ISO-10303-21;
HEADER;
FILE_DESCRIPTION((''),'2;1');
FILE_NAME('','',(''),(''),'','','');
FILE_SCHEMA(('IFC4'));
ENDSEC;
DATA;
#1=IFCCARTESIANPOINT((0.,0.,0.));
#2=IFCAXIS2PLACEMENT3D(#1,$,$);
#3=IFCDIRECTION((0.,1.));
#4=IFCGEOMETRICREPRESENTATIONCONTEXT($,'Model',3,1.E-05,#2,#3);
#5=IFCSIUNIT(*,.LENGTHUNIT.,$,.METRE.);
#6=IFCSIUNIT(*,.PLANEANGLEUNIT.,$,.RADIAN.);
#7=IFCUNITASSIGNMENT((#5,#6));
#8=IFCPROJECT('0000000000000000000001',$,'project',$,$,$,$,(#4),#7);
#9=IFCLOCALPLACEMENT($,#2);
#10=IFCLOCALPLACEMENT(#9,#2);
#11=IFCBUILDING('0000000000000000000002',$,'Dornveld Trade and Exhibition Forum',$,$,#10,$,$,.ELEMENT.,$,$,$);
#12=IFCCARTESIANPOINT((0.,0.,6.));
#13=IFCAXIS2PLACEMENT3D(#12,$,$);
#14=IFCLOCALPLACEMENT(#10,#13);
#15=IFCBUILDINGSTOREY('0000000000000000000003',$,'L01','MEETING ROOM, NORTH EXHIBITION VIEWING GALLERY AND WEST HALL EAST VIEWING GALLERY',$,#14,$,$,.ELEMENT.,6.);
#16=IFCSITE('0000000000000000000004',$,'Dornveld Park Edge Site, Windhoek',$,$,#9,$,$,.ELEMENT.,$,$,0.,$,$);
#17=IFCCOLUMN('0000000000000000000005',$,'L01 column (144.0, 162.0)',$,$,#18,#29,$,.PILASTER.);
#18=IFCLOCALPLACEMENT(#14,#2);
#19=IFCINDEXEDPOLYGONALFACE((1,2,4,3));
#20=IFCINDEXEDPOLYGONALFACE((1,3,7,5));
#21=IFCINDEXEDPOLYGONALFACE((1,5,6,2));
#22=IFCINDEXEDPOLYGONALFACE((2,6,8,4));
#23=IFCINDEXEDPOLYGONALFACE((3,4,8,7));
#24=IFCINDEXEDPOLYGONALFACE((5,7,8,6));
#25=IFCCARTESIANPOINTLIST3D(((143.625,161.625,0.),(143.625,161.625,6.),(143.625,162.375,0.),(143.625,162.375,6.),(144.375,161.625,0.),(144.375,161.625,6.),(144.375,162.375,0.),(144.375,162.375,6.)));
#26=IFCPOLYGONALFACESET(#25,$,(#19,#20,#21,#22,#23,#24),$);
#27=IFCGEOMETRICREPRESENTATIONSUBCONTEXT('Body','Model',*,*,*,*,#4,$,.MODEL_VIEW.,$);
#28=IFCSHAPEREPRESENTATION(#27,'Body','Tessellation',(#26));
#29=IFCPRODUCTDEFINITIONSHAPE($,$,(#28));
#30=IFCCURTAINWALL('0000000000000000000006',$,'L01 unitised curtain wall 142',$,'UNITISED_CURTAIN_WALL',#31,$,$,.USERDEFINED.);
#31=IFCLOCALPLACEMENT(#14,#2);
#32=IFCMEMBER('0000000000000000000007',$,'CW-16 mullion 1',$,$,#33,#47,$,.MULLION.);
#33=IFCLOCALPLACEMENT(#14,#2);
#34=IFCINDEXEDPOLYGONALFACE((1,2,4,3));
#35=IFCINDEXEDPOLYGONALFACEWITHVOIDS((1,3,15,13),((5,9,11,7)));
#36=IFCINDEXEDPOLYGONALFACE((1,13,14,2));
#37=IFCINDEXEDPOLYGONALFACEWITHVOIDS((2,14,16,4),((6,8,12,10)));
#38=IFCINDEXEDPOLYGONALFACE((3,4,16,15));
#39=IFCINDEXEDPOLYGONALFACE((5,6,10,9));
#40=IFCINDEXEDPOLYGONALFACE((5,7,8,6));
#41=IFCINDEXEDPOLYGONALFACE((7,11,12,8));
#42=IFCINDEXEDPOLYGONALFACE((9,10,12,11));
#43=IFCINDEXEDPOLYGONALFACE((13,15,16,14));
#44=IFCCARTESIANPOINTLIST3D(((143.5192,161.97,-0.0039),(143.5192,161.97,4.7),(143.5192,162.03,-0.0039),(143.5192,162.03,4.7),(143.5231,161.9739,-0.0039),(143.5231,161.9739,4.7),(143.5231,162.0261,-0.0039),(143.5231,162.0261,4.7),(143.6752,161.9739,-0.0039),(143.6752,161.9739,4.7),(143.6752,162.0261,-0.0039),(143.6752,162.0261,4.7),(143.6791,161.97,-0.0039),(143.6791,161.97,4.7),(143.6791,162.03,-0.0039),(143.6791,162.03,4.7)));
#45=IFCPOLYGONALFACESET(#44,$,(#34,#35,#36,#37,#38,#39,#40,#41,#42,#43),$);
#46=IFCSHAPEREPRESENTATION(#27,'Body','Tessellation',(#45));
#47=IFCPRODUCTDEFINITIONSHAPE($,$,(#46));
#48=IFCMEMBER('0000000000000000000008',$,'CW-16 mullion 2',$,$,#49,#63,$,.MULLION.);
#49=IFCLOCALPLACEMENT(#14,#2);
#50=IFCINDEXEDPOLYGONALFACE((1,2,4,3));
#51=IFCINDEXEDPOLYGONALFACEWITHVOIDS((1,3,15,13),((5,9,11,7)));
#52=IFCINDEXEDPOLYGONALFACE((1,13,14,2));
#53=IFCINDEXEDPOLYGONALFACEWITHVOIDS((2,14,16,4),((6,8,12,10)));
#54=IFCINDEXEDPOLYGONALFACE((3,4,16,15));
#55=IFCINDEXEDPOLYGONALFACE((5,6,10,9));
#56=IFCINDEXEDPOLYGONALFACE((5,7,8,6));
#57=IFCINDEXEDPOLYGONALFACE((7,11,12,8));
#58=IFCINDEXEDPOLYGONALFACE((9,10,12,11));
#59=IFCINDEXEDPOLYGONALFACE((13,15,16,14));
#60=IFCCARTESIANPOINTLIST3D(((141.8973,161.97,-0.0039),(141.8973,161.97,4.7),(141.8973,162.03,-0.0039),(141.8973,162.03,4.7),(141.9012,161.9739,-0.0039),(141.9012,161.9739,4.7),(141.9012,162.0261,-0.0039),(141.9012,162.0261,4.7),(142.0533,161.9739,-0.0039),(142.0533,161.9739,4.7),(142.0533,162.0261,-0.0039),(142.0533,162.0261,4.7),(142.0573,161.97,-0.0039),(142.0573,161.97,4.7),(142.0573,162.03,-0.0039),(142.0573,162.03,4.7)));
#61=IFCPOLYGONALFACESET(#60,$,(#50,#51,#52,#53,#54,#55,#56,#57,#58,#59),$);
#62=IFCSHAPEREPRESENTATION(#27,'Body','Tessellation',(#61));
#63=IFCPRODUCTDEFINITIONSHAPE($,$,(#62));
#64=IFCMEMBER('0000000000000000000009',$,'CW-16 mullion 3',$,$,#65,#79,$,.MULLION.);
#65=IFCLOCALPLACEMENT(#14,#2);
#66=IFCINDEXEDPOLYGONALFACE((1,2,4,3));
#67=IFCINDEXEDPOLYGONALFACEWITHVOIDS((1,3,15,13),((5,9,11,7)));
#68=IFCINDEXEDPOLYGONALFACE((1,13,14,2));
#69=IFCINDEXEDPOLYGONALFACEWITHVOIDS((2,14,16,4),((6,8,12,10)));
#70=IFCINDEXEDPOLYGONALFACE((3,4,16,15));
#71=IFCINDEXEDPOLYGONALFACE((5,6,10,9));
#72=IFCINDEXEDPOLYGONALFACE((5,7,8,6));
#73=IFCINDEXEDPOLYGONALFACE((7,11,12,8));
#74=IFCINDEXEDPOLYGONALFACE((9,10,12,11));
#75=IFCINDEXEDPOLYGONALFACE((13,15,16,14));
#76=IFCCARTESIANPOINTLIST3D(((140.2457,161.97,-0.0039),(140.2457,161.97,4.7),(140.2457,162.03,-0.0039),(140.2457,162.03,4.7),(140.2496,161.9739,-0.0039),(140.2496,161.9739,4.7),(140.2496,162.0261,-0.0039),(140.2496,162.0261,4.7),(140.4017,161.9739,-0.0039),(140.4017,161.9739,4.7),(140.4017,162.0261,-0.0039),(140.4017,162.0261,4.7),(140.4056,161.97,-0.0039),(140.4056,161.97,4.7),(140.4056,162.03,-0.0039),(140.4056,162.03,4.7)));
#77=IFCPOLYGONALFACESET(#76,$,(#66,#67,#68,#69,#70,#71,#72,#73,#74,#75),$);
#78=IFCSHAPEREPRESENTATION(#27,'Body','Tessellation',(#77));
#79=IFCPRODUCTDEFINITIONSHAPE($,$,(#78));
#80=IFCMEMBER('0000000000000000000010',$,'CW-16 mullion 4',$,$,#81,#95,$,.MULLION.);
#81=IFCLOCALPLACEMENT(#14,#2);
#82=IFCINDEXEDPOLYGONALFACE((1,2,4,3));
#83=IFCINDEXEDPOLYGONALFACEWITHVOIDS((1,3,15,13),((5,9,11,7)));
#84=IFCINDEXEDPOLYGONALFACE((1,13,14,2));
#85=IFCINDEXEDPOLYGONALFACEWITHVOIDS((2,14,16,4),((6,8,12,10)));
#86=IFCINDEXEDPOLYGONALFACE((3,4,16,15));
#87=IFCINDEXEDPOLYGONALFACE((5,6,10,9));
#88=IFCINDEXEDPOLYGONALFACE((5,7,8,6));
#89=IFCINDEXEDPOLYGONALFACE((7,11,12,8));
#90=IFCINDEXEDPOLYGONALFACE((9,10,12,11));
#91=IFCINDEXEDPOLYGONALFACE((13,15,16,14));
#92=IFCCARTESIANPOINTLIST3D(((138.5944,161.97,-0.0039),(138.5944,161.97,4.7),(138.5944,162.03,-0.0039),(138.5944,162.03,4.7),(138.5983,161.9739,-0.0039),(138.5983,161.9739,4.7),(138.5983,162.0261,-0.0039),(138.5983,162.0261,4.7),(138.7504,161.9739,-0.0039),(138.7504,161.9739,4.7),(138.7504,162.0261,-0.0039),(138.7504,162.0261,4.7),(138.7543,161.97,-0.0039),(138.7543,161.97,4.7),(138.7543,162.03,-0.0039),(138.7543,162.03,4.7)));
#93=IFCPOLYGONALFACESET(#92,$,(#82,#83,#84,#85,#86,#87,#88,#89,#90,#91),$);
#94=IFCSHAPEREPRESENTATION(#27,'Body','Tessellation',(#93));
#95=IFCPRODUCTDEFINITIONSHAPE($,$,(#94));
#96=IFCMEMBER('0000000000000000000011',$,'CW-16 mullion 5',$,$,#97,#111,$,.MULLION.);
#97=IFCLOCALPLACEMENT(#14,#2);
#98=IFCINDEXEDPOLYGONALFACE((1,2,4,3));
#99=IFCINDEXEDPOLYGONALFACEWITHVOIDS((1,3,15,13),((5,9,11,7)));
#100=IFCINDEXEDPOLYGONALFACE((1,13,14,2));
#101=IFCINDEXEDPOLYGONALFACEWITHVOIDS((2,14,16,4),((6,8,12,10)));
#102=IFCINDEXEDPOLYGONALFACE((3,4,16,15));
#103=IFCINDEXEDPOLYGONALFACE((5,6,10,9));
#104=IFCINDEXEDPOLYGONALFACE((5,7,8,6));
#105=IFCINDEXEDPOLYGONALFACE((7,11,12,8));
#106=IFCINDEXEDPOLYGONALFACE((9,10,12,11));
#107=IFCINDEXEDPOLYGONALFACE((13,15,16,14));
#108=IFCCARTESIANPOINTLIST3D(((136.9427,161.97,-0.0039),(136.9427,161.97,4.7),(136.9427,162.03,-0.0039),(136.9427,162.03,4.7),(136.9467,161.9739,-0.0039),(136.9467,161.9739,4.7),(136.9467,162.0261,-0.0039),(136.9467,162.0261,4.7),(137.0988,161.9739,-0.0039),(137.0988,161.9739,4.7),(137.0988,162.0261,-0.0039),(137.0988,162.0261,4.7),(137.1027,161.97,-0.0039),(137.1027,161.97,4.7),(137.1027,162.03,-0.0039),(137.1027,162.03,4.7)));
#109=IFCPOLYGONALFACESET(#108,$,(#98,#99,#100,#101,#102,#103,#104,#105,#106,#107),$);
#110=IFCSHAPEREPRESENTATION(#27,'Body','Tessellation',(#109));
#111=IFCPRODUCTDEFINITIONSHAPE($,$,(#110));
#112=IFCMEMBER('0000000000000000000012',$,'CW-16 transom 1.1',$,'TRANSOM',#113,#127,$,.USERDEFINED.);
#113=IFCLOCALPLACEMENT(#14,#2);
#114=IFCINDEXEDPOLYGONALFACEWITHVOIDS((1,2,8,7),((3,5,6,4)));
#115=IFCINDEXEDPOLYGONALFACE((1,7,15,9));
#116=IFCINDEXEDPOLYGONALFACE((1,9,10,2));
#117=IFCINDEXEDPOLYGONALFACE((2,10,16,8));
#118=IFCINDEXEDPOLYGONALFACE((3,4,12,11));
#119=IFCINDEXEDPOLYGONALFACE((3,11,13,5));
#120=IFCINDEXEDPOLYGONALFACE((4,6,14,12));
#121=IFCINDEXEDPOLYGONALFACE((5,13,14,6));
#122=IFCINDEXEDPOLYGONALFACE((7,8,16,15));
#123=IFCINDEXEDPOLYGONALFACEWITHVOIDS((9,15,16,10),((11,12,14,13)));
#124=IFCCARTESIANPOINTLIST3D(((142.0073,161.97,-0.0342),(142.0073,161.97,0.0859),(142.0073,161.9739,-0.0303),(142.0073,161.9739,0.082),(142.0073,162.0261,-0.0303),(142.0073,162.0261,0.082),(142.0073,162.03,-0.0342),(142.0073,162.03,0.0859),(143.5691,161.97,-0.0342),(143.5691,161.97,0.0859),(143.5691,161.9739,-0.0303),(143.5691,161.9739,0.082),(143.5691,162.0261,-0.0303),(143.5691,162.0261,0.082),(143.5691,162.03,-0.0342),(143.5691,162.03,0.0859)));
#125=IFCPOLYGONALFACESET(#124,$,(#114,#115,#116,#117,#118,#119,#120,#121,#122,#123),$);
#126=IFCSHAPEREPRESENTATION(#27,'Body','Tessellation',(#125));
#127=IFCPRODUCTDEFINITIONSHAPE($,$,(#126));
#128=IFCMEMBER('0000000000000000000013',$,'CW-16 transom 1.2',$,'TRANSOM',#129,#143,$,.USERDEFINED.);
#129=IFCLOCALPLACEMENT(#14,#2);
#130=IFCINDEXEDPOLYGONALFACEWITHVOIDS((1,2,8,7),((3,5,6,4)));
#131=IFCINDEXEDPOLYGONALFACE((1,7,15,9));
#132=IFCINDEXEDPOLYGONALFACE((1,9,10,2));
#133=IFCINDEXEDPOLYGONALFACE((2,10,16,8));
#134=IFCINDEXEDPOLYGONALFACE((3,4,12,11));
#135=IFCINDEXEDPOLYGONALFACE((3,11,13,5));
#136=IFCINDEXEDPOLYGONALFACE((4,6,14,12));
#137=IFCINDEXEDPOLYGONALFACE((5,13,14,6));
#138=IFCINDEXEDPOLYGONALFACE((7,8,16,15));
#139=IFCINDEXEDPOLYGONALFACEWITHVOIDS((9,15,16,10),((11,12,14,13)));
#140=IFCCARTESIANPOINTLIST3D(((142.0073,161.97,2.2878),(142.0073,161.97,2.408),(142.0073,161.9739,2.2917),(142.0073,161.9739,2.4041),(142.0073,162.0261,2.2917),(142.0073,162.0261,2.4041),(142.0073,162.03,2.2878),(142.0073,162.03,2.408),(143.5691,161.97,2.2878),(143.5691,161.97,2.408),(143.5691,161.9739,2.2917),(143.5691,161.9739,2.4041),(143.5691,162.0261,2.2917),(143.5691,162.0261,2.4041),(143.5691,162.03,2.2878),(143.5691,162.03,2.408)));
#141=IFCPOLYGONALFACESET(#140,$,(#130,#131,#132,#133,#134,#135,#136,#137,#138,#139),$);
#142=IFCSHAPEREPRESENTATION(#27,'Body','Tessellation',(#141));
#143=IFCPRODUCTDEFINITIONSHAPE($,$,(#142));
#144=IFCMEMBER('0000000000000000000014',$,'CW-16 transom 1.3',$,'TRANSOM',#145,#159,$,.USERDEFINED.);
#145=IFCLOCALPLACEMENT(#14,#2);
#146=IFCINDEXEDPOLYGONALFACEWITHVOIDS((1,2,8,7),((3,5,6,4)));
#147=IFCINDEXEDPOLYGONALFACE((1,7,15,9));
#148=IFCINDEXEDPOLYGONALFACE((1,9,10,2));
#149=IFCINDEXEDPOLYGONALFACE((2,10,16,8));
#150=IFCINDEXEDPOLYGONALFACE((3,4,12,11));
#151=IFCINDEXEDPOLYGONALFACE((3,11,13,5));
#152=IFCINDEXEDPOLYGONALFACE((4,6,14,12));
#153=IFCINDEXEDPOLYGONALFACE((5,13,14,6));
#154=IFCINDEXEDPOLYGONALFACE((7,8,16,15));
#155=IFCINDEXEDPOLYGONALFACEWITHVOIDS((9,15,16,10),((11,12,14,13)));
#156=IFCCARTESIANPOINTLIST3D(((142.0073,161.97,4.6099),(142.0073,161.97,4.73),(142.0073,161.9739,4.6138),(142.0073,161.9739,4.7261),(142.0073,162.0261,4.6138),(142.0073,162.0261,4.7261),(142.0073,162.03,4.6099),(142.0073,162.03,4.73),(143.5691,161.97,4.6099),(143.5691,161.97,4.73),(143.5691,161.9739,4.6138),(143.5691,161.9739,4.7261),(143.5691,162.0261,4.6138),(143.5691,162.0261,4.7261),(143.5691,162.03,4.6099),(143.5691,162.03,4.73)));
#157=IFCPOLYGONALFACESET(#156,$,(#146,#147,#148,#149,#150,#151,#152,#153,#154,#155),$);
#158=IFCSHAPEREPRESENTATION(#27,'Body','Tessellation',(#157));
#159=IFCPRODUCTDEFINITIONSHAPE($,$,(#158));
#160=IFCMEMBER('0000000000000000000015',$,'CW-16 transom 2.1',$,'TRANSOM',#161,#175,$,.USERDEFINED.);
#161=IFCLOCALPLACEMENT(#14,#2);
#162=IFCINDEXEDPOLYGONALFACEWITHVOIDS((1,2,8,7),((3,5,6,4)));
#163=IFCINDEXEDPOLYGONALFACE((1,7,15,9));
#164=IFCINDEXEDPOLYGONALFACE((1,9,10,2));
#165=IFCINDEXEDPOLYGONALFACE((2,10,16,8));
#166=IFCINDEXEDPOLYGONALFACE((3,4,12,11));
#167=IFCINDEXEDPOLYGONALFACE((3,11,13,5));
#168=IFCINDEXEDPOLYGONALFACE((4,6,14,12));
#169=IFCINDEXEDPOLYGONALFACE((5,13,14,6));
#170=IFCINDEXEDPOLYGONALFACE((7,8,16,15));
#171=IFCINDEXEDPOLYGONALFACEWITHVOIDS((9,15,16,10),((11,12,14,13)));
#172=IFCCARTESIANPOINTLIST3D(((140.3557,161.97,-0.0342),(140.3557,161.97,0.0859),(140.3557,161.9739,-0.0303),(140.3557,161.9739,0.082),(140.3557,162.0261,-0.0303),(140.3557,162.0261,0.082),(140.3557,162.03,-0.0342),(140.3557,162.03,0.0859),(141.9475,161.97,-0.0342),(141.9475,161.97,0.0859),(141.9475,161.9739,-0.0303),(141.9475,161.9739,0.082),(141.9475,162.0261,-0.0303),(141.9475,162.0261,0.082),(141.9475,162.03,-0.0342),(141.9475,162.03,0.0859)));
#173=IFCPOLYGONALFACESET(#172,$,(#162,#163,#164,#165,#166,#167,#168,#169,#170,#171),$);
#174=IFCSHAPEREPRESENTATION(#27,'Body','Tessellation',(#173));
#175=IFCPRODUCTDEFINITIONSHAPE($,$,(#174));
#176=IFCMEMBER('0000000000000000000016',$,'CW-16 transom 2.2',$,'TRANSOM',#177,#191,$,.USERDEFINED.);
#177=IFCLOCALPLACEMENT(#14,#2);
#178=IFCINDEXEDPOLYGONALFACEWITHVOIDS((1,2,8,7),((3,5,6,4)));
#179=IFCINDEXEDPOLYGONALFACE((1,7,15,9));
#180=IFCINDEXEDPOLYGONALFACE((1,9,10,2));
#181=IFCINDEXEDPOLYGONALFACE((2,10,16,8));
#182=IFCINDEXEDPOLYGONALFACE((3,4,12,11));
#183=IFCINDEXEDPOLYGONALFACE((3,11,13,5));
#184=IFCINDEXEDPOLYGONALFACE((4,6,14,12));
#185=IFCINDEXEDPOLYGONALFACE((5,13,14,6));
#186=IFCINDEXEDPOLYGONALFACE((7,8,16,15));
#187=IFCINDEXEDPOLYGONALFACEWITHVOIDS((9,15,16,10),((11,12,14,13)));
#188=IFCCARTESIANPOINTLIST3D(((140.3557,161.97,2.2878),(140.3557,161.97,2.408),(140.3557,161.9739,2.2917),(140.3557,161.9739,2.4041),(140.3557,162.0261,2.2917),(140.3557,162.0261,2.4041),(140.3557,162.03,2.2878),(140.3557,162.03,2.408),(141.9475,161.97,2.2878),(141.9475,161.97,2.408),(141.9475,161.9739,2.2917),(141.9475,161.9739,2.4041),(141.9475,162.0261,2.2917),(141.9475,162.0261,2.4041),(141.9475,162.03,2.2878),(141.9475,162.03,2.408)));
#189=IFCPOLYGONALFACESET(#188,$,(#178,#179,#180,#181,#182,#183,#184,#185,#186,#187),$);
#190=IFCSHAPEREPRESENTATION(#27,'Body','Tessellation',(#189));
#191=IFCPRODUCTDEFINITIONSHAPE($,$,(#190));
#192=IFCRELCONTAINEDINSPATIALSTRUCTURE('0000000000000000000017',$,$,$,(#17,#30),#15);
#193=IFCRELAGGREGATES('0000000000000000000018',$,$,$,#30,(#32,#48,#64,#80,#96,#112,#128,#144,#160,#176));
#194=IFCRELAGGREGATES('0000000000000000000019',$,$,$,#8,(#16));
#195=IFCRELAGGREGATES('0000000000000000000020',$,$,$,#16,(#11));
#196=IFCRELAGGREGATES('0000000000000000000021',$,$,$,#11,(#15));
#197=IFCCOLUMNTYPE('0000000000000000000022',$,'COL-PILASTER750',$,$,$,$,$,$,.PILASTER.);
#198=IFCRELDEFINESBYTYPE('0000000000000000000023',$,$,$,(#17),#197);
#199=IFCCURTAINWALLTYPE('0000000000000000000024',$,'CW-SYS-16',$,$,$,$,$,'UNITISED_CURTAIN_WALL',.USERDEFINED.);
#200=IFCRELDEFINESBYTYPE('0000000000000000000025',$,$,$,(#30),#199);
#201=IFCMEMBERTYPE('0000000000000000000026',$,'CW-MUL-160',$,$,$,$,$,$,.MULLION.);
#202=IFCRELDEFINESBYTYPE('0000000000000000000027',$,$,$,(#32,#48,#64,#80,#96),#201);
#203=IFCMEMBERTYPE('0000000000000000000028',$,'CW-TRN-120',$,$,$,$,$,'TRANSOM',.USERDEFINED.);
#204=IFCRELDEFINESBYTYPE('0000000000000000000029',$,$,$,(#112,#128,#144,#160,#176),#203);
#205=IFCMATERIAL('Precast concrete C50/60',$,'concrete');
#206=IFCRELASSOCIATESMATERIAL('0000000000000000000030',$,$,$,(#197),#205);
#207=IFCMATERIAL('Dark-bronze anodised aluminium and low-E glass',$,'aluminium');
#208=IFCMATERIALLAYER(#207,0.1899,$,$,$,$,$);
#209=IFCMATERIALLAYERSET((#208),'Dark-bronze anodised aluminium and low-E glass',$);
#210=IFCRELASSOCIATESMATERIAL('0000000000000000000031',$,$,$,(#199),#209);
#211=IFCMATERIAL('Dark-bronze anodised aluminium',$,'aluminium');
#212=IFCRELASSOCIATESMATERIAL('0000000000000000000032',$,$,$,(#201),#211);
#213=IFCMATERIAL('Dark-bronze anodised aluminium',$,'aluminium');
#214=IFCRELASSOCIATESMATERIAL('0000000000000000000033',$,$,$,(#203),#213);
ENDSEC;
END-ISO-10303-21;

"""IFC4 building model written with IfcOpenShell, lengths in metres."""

from ifc_helpers import new_model, si_unit, direction, frame, origin, origin_2d, place, context, subcontext, project, spatial, rectangle, hollow_rectangle, extrude, material, layer, layer_set, material_profile, profile_set, type_object, element, aggregate, save


model = new_model("IFC4")

# Units and contexts
model_context = context("Model", 3, precision=1e-05, world=origin(), true_north=direction((0.0, 1.0)))
body_context = subcontext(model_context, "Body", "Model", "MODEL_VIEW")
ifc_project = project(units=[si_unit("LENGTHUNIT", "METRE"), si_unit("PLANEANGLEUNIT", "RADIAN")], contexts=[model_context])

# Site, building, storey
site_placement = place(None, origin())
site = spatial("IfcSite", under=ifc_project, at=site_placement, Name="Dornveld Park Edge Site, Windhoek", CompositionType="ELEMENT", RefElevation=0.0)
building_placement = place(site_placement, origin())
building = spatial("IfcBuilding", under=site, at=building_placement, Name="Dornveld Trade and Exhibition Forum", CompositionType="ELEMENT")
storey_placement = place(building_placement, frame((0.0, 0.0, 6.0)))
storey = spatial("IfcBuildingStorey", under=building, at=storey_placement, Name="L01", Description="MEETING ROOM, NORTH EXHIBITION VIEWING GALLERY AND WEST HALL EAST VIEWING GALLERY", CompositionType="ELEMENT", Elevation=6.0)

# Column
ifc_material_1 = material(Name="Precast concrete C50/60", Category="concrete")
ifc_material_profile_1 = material_profile(ifc_material_1, rectangle(XDim=0.75, YDim=0.75, at=origin_2d()), Name="PC-COL 750x750")
ifc_profile_set_1 = profile_set([ifc_material_profile_1], Name="Precast concrete C50/60")
column_type = type_object("IfcColumnType", Name="COL-PILASTER750", PredefinedType="PILASTER", material=ifc_profile_set_1)
column_placement = place(storey_placement, frame((144.0, 162.0, 0.0), z_axis=(0.0, 0.0, 1.0), x_axis=(1.0, 0.0, 0.0)))
element("IfcColumn", 1, at=column_placement, inside=storey, type_object=column_type, Name="L01 column (144.0, 162.0)", PredefinedType="PILASTER", context=body_context, shape_type="SweptSolid", body=[
    extrude(rectangle(XDim=0.75, YDim=0.75, at=origin_2d()), origin(), (0.0, 0.0, 1.0), 6.0),
])

# Curtain wall, members
ifc_material_2 = material(Name="Dark-bronze anodised aluminium and low-E glass", Category="aluminium")
ifc_layer_1 = layer(ifc_material_2, 0.1899)
ifc_layer_set_1 = layer_set([ifc_layer_1], Name="Dark-bronze anodised aluminium and low-E glass")
curtain_wall_type = type_object("IfcCurtainWallType", Name="CW-SYS-16", ElementType="UNITISED_CURTAIN_WALL", PredefinedType="USERDEFINED", material=ifc_layer_set_1)
curtain_wall_placement = place(storey_placement, origin())
curtain_wall = element("IfcCurtainWall", 2, at=curtain_wall_placement, inside=storey, type_object=curtain_wall_type, Name="L01 unitised curtain wall 142", ObjectType="UNITISED_CURTAIN_WALL", PredefinedType="USERDEFINED")
ifc_material_3 = material(Name="Dark-bronze anodised aluminium", Category="aluminium")
ifc_material_profile_2 = material_profile(ifc_material_3, hollow_rectangle(XDim=0.0601, YDim=0.1599, WallThickness=0.0039, at=origin_2d()), Name="RHS 160x60x4")
ifc_profile_set_2 = profile_set([ifc_material_profile_2], Name="Dark-bronze anodised aluminium")
member_type_1 = type_object("IfcMemberType", Name="CW-MUL-160", PredefinedType="MULLION", material=ifc_profile_set_2)
member_1_placement = place(storey_placement, frame((143.5991, 162.0, -0.0039), z_axis=(0.0, 0.0, 1.0), x_axis=(0.0, -1.0, 0.0)))
member_1 = element("IfcMember", 3, at=member_1_placement, type_object=member_type_1, Name="CW-16 mullion 1", PredefinedType="MULLION", context=body_context, shape_type="SweptSolid", body=[
    extrude(hollow_rectangle(XDim=0.0601, YDim=0.1599, WallThickness=0.0039, at=origin_2d()), origin(), (0.0, 0.0, 1.0), 4.7039),
])
member_2_placement = place(storey_placement, frame((141.9773, 162.0, -0.0039), z_axis=(0.0, 0.0, 1.0), x_axis=(0.0, -1.0, 0.0)))
member_2 = element("IfcMember", 4, at=member_2_placement, type_object=member_type_1, Name="CW-16 mullion 2", PredefinedType="MULLION", context=body_context, shape_type="SweptSolid", body=[
    extrude(hollow_rectangle(XDim=0.0601, YDim=0.1599, WallThickness=0.0039, at=origin_2d()), origin(), (0.0, 0.0, 1.0), 4.7039),
])
member_3_placement = place(storey_placement, frame((140.3257, 162.0, -0.0039), z_axis=(0.0, 0.0, 1.0), x_axis=(0.0, -1.0, 0.0)))
member_3 = element("IfcMember", 5, at=member_3_placement, type_object=member_type_1, Name="CW-16 mullion 3", PredefinedType="MULLION", context=body_context, shape_type="SweptSolid", body=[
    extrude(hollow_rectangle(XDim=0.0601, YDim=0.1599, WallThickness=0.0039, at=origin_2d()), origin(), (0.0, 0.0, 1.0), 4.7039),
])
member_4_placement = place(storey_placement, frame((138.6743, 162.0, -0.0039), z_axis=(0.0, 0.0, 1.0), x_axis=(0.0, -1.0, 0.0)))
member_4 = element("IfcMember", 6, at=member_4_placement, type_object=member_type_1, Name="CW-16 mullion 4", PredefinedType="MULLION", context=body_context, shape_type="SweptSolid", body=[
    extrude(hollow_rectangle(XDim=0.0601, YDim=0.1599, WallThickness=0.0039, at=origin_2d()), origin(), (0.0, 0.0, 1.0), 4.7039),
])
member_5_placement = place(storey_placement, frame((137.0227, 162.0, -0.0039), z_axis=(0.0, 0.0, 1.0), x_axis=(0.0, -1.0, 0.0)))
member_5 = element("IfcMember", 7, at=member_5_placement, type_object=member_type_1, Name="CW-16 mullion 5", PredefinedType="MULLION", context=body_context, shape_type="SweptSolid", body=[
    extrude(hollow_rectangle(XDim=0.0601, YDim=0.1599, WallThickness=0.0039, at=origin_2d()), origin(), (0.0, 0.0, 1.0), 4.7039),
])
ifc_material_4 = material(Name="Dark-bronze anodised aluminium", Category="aluminium")
ifc_material_profile_3 = material_profile(ifc_material_4, hollow_rectangle(XDim=0.0601, YDim=0.1201, WallThickness=0.0039, at=origin_2d()), Name="RHS 120x60x4")
ifc_profile_set_3 = profile_set([ifc_material_profile_3], Name="Dark-bronze anodised aluminium")
member_type_2 = type_object("IfcMemberType", Name="CW-TRN-120", ElementType="TRANSOM", PredefinedType="USERDEFINED", material=ifc_profile_set_3)
member_6_placement = place(storey_placement, frame((143.5691, 162.0, 0.0259), z_axis=(-1.0, 0.0, 0.0), x_axis=(0.0, -1.0, 0.0)))
member_6 = element("IfcMember", 8, at=member_6_placement, type_object=member_type_2, Name="CW-16 transom 1.1", ObjectType="TRANSOM", PredefinedType="USERDEFINED", context=body_context, shape_type="SweptSolid", body=[
    extrude(hollow_rectangle(XDim=0.0601, YDim=0.1201, WallThickness=0.0039, at=origin_2d()), origin(), (0.0, 0.0, 1.0), 1.5618),
])
member_7_placement = place(storey_placement, frame((143.5691, 162.0, 2.3479), z_axis=(-1.0, 0.0, 0.0), x_axis=(0.0, -1.0, 0.0)))
member_7 = element("IfcMember", 9, at=member_7_placement, type_object=member_type_2, Name="CW-16 transom 1.2", ObjectType="TRANSOM", PredefinedType="USERDEFINED", context=body_context, shape_type="SweptSolid", body=[
    extrude(hollow_rectangle(XDim=0.0601, YDim=0.1201, WallThickness=0.0039, at=origin_2d()), origin(), (0.0, 0.0, 1.0), 1.5618),
])
member_8_placement = place(storey_placement, frame((143.5691, 162.0, 4.6699), z_axis=(-1.0, 0.0, 0.0), x_axis=(0.0, -1.0, 0.0)))
member_8 = element("IfcMember", 10, at=member_8_placement, type_object=member_type_2, Name="CW-16 transom 1.3", ObjectType="TRANSOM", PredefinedType="USERDEFINED", context=body_context, shape_type="SweptSolid", body=[
    extrude(hollow_rectangle(XDim=0.0601, YDim=0.1201, WallThickness=0.0039, at=origin_2d()), origin(), (0.0, 0.0, 1.0), 1.5618),
])
member_9_placement = place(storey_placement, frame((141.9475, 162.0, 0.0259), z_axis=(-1.0, 0.0, 0.0), x_axis=(0.0, -1.0, 0.0)))
member_9 = element("IfcMember", 11, at=member_9_placement, type_object=member_type_2, Name="CW-16 transom 2.1", ObjectType="TRANSOM", PredefinedType="USERDEFINED", context=body_context, shape_type="SweptSolid", body=[
    extrude(hollow_rectangle(XDim=0.0601, YDim=0.1201, WallThickness=0.0039, at=origin_2d()), origin(), (0.0, 0.0, 1.0), 1.5918),
])
member_10_placement = place(storey_placement, frame((141.9475, 162.0, 2.3479), z_axis=(-1.0, 0.0, 0.0), x_axis=(0.0, -1.0, 0.0)))
member_10 = element("IfcMember", 12, at=member_10_placement, type_object=member_type_2, Name="CW-16 transom 2.2", ObjectType="TRANSOM", PredefinedType="USERDEFINED", context=body_context, shape_type="SweptSolid", body=[
    extrude(hollow_rectangle(XDim=0.0601, YDim=0.1201, WallThickness=0.0039, at=origin_2d()), origin(), (0.0, 0.0, 1.0), 1.5918),
])
aggregate(curtain_wall, [member_1, member_2, member_3, member_4, member_5, member_6, member_7, member_8, member_9, member_10])

save(model, "model.ifc")
